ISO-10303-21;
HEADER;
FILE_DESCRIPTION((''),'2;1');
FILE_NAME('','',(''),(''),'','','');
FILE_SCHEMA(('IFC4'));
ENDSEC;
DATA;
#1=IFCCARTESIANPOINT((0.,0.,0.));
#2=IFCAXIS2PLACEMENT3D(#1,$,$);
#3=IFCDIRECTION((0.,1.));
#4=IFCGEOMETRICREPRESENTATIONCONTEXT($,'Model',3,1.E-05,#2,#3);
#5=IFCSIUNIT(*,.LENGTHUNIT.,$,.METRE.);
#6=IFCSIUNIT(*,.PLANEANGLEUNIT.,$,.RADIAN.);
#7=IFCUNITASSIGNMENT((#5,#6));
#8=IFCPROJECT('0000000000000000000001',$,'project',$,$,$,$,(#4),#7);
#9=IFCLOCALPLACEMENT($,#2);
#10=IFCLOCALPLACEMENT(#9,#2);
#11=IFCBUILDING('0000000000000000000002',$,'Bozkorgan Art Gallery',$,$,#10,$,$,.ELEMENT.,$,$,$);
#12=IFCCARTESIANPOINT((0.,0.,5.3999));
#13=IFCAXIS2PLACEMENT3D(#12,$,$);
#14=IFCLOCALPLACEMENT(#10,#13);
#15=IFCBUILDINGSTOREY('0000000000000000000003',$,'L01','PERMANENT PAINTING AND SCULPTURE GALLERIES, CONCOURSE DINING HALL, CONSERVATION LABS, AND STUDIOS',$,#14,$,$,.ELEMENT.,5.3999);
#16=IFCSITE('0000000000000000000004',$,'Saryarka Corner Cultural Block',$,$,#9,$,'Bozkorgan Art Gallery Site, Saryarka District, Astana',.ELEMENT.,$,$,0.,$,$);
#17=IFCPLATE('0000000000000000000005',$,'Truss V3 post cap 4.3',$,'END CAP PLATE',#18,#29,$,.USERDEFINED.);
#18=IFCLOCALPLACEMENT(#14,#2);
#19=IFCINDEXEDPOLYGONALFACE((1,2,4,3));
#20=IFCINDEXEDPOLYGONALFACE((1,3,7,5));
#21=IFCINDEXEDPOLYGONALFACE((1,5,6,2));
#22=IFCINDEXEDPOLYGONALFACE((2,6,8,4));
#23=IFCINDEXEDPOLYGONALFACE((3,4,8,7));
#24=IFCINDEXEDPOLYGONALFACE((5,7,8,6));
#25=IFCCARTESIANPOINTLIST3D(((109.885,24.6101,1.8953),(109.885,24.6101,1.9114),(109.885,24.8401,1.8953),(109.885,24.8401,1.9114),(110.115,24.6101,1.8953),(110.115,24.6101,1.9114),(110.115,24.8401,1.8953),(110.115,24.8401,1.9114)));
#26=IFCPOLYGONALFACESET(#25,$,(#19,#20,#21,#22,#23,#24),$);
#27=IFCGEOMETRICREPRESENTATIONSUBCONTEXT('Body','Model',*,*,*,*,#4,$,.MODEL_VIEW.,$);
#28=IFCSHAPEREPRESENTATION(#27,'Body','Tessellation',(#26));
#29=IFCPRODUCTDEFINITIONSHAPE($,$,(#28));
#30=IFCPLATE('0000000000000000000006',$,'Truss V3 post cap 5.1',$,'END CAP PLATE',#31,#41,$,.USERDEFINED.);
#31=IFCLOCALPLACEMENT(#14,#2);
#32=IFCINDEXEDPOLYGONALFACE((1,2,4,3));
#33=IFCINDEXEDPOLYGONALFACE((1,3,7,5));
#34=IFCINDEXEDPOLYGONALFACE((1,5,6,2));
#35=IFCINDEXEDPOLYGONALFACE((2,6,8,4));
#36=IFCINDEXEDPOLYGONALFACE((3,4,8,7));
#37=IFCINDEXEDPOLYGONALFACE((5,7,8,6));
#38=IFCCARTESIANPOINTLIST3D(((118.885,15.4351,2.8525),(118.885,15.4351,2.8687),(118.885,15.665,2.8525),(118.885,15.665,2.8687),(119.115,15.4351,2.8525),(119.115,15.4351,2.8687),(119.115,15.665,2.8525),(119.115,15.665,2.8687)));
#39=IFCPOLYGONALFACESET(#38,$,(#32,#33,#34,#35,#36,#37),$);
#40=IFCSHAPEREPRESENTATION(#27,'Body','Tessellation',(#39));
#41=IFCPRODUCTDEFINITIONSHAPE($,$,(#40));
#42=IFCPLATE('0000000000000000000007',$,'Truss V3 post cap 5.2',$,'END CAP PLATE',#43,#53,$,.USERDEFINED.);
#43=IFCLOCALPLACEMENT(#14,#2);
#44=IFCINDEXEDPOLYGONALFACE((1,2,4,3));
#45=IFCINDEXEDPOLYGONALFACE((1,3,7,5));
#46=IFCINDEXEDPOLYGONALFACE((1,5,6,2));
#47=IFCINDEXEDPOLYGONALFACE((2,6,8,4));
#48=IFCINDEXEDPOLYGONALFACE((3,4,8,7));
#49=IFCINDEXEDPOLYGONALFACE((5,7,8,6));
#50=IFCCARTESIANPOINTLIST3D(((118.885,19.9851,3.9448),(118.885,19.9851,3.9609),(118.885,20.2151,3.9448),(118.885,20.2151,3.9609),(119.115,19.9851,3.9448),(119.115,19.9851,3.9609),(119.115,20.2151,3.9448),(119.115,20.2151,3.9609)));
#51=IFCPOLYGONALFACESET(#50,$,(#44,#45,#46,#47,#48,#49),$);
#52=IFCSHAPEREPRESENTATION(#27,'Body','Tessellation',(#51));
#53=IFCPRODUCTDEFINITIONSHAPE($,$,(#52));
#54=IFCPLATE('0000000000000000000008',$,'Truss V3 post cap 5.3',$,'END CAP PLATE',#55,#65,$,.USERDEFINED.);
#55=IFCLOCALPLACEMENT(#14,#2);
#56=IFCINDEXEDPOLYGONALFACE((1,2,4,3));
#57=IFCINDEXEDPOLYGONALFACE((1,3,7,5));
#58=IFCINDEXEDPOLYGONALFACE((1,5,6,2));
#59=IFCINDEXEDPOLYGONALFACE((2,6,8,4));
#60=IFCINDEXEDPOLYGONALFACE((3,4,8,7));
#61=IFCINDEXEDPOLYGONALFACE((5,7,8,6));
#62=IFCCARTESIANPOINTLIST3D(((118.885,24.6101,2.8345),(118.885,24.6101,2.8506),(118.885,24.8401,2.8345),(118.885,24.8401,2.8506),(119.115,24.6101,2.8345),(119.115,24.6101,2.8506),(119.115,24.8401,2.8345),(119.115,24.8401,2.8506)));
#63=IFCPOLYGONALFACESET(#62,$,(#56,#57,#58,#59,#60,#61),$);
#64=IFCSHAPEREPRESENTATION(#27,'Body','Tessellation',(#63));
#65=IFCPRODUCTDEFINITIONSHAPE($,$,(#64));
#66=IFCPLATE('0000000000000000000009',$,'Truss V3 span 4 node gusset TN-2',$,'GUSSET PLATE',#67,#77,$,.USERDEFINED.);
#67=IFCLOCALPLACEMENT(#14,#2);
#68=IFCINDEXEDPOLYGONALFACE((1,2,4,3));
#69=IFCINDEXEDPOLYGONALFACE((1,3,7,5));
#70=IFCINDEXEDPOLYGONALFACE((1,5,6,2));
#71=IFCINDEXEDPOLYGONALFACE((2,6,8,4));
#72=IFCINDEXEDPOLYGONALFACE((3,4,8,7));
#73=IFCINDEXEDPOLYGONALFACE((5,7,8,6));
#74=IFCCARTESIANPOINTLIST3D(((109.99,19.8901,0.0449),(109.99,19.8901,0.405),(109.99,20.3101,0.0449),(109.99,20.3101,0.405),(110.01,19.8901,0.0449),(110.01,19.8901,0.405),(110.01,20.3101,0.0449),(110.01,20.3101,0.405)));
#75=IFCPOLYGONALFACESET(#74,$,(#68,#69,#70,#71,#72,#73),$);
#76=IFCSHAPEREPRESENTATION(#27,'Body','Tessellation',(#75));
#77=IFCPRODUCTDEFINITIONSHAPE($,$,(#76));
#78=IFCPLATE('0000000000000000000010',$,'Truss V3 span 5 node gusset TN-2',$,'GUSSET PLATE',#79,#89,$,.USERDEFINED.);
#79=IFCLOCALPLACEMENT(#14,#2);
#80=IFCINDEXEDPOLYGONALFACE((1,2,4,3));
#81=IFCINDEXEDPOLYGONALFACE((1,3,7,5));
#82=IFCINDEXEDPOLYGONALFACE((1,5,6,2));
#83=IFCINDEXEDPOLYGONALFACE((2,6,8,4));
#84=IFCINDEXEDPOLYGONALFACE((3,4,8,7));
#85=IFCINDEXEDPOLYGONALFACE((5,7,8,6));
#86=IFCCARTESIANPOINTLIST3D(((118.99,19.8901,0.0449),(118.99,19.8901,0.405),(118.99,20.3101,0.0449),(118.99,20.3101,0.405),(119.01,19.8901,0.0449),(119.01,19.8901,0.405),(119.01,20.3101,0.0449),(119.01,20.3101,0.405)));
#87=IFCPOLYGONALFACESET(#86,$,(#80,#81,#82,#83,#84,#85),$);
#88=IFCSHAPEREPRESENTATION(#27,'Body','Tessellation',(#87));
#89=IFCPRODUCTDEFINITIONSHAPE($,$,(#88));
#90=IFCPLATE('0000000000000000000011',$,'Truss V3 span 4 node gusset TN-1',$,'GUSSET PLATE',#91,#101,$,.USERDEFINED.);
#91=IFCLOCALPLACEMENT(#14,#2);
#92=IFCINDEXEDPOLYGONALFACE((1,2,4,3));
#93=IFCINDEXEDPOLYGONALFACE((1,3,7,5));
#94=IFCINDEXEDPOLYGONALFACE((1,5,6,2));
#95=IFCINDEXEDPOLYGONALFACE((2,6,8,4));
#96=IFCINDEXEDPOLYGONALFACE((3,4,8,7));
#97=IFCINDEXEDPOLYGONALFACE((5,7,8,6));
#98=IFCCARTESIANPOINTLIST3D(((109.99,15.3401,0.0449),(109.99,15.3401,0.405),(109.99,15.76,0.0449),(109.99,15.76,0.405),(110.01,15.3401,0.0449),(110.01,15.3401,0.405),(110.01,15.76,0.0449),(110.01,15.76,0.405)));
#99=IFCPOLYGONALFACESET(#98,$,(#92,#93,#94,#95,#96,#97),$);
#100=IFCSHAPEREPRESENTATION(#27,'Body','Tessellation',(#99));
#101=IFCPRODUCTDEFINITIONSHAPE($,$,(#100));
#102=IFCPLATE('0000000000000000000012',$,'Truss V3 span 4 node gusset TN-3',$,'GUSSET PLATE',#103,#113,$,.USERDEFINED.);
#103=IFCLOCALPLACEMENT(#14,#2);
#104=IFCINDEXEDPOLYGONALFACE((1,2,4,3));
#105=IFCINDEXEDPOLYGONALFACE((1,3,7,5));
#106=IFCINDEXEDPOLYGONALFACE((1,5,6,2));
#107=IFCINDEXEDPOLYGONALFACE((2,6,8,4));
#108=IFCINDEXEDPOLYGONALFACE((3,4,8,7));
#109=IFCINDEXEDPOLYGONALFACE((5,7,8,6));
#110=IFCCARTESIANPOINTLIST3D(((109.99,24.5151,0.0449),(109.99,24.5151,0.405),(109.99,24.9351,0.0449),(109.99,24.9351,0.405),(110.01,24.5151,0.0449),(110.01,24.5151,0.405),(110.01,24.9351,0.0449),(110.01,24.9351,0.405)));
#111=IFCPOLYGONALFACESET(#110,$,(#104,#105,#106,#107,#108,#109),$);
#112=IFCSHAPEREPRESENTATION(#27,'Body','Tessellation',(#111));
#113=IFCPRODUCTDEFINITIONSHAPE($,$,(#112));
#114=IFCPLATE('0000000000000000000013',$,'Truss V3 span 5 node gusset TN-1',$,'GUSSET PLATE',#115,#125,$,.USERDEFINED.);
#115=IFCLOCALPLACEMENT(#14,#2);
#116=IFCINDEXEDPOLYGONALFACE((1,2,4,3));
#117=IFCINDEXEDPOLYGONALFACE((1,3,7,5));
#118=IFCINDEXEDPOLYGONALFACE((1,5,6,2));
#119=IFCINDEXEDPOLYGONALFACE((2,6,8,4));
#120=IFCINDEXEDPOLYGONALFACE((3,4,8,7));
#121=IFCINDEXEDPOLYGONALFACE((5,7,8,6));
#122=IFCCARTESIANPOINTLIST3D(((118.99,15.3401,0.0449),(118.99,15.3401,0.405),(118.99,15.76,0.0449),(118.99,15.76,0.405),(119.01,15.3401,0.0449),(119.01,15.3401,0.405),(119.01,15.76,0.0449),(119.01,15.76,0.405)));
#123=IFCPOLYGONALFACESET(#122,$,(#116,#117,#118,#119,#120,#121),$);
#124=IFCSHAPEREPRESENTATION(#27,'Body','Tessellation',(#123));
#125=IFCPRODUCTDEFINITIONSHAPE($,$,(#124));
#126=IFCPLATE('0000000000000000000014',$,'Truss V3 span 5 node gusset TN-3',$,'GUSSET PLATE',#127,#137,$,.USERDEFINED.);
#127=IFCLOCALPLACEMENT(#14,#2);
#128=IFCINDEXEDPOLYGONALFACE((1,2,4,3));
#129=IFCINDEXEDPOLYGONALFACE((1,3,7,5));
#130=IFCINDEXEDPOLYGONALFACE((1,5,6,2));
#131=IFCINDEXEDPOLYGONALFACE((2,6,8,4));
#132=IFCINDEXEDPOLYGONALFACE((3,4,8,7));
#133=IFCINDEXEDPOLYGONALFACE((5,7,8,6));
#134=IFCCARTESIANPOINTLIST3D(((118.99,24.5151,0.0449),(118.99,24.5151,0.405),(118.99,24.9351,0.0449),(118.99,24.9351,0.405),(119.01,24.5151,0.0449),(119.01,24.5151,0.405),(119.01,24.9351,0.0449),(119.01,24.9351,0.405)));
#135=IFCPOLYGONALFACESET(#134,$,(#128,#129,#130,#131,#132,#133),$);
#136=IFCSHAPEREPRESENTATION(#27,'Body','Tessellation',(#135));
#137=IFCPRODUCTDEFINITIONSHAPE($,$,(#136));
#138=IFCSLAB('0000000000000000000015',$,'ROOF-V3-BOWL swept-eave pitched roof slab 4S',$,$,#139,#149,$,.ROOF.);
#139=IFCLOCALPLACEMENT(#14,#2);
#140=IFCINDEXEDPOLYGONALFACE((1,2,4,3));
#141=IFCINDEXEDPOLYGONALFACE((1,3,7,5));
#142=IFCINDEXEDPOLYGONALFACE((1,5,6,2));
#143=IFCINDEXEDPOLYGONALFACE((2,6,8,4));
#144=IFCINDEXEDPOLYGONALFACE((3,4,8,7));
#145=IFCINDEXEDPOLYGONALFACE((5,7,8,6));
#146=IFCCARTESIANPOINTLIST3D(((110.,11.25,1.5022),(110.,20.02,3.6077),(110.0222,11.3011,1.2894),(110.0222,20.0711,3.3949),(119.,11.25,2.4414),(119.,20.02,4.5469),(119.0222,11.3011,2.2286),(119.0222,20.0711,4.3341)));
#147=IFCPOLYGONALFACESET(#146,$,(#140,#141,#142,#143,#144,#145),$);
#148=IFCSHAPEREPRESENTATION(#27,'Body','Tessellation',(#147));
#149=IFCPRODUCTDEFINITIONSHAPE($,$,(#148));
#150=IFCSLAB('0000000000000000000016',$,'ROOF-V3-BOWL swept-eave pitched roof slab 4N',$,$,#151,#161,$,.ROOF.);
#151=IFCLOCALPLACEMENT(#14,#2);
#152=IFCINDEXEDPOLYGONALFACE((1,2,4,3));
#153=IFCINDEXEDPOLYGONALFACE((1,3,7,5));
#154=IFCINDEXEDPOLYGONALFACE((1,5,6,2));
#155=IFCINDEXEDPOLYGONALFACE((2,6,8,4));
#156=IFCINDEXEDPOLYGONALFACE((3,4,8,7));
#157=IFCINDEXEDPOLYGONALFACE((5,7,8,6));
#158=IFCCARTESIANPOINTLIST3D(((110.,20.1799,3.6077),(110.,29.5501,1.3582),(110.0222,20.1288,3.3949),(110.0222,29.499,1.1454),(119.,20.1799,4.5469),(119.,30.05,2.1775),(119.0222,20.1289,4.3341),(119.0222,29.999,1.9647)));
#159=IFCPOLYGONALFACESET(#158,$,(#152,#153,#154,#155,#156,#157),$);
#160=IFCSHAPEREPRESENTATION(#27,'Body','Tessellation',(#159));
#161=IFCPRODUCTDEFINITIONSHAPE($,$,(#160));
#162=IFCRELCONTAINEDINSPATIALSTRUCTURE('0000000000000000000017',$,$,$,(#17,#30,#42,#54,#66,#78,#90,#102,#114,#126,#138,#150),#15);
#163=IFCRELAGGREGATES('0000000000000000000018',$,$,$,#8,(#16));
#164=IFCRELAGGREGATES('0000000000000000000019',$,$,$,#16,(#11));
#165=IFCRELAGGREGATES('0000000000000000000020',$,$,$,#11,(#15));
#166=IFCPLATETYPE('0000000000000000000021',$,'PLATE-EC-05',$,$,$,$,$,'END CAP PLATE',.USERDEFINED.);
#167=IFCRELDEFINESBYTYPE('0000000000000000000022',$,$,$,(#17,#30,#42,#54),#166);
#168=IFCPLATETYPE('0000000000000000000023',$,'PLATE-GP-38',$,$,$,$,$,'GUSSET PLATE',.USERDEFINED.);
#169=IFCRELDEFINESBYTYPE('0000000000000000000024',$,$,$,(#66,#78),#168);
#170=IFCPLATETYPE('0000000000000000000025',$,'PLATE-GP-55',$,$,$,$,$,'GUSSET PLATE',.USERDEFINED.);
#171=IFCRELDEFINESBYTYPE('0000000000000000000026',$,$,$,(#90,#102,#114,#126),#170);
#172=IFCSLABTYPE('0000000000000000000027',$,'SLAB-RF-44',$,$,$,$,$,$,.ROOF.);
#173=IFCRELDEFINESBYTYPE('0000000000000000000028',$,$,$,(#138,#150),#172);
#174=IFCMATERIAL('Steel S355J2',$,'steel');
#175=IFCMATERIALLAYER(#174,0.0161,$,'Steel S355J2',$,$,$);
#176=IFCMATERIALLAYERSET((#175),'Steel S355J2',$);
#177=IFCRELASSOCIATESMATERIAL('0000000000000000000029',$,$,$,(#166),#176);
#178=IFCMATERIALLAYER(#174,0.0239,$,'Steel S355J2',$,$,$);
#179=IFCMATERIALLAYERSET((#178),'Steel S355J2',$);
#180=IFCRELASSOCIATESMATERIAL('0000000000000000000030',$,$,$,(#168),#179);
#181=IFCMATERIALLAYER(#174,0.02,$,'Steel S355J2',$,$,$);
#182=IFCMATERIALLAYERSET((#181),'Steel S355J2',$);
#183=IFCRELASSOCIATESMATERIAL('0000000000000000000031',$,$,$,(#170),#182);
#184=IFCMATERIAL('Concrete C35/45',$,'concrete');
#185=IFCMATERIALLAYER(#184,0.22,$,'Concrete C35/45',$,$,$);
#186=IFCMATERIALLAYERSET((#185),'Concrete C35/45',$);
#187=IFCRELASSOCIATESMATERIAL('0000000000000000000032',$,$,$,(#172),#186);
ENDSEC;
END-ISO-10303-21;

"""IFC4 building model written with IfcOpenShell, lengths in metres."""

from ifc_helpers import new_model, si_unit, direction, frame, origin, origin_2d, place, context, subcontext, project, spatial, polyline, rectangle, outline, extrude, material, layer, layer_set, type_object, element, save


model = new_model("IFC4")

# Units and contexts
model_context = context("Model", 3, precision=1e-05, world=origin(), true_north=direction((0.0, 1.0)))
body_context = subcontext(model_context, "Body", "Model", "MODEL_VIEW")
ifc_project = project(units=[si_unit("LENGTHUNIT", "METRE"), si_unit("PLANEANGLEUNIT", "RADIAN")], contexts=[model_context])

# Site, building, storey
site_placement = place(None, origin())
site = spatial("IfcSite", under=ifc_project, at=site_placement, Name="Saryarka Corner Cultural Block", LongName="Bozkorgan Art Gallery Site, Saryarka District, Astana", CompositionType="ELEMENT", RefElevation=0.0)
building_placement = place(site_placement, origin())
building = spatial("IfcBuilding", under=site, at=building_placement, Name="Bozkorgan Art Gallery", CompositionType="ELEMENT")
storey_placement = place(building_placement, frame((0.0, 0.0, 5.3999)))
storey = spatial("IfcBuildingStorey", under=building, at=storey_placement, Name="L01", Description="PERMANENT PAINTING AND SCULPTURE GALLERIES, CONCOURSE DINING HALL, CONSERVATION LABS, AND STUDIOS", CompositionType="ELEMENT", Elevation=5.3999)

# Shared definitions
ifc_material_1 = material(Name="Steel S355J2", Category="steel")

# Plates
ifc_layer_1 = layer(ifc_material_1, 0.0161, Name="Steel S355J2")
ifc_layer_set_1 = layer_set([ifc_layer_1], Name="Steel S355J2")
plate_type_1 = type_object("IfcPlateType", Name="PLATE-EC-05", ElementType="END CAP PLATE", PredefinedType="USERDEFINED", material=ifc_layer_set_1)
for number, where, z_axis, x_axis, name in (
    (1, (110.0, 24.7251, 1.8953), (0.0, 0.0, 1.0), (1.0, 0.0, 0.0), "Truss V3 post cap 4.3"),
    (2, (119.0, 15.55, 2.8525), (0.0, 0.0, 1.0), (1.0, 0.0, 0.0), "Truss V3 post cap 5.1"),
    (3, (119.0, 20.1001, 3.9448), (0.0, 0.0, 1.0), (1.0, 0.0, 0.0), "Truss V3 post cap 5.2"),
    (4, (119.0, 24.7251, 2.8345), (0.0, 0.0, 1.0), (1.0, 0.0, 0.0), "Truss V3 post cap 5.3"),
):
    element("IfcPlate", number, at=place(storey_placement, frame(where, z_axis=z_axis, x_axis=x_axis)), inside=storey, type_object=plate_type_1, Name=name, ObjectType="END CAP PLATE", PredefinedType="USERDEFINED", context=body_context, shape_type="SweptSolid", body=[
        extrude(rectangle(XDim=0.23, YDim=0.23, at=origin_2d()), origin(), (0.0, 0.0, 1.0), 0.0161),
    ])
ifc_layer_2 = layer(ifc_material_1, 0.0239, Name="Steel S355J2")
ifc_layer_set_2 = layer_set([ifc_layer_2], Name="Steel S355J2")
plate_type_2 = type_object("IfcPlateType", Name="PLATE-GP-38", ElementType="GUSSET PLATE", PredefinedType="USERDEFINED", material=ifc_layer_set_2)
for number, where, z_axis, x_axis, name in (
    (5, (110.0, 20.1001, 0.0449), (0.0, 0.0, 1.0), (1.0, 0.0, 0.0), "Truss V3 span 4 node gusset TN-2"),
    (6, (119.0, 20.1001, 0.0449), (0.0, 0.0, 1.0), (1.0, 0.0, 0.0), "Truss V3 span 5 node gusset TN-2"),
):
    element("IfcPlate", number, at=place(storey_placement, frame(where, z_axis=z_axis, x_axis=x_axis)), inside=storey, type_object=plate_type_2, Name=name, ObjectType="GUSSET PLATE", PredefinedType="USERDEFINED", context=body_context, shape_type="SweptSolid", body=[
        extrude(rectangle(XDim=0.02, YDim=0.4199, at=origin_2d()), origin(), (0.0, 0.0, 1.0), 0.3601),
    ])
ifc_layer_3 = layer(ifc_material_1, 0.02, Name="Steel S355J2")
ifc_layer_set_3 = layer_set([ifc_layer_3], Name="Steel S355J2")
plate_type_3 = type_object("IfcPlateType", Name="PLATE-GP-55", ElementType="GUSSET PLATE", PredefinedType="USERDEFINED", material=ifc_layer_set_3)
for number, where, z_axis, x_axis, name in (
    (7, (110.0, 15.55, 0.0449), (0.0, 0.0, 1.0), (1.0, 0.0, 0.0), "Truss V3 span 4 node gusset TN-1"),
    (8, (110.0, 24.7251, 0.0449), (0.0, 0.0, 1.0), (1.0, 0.0, 0.0), "Truss V3 span 4 node gusset TN-3"),
    (9, (119.0, 15.55, 0.0449), (0.0, 0.0, 1.0), (1.0, 0.0, 0.0), "Truss V3 span 5 node gusset TN-1"),
    (10, (119.0, 24.7251, 0.0449), (0.0, 0.0, 1.0), (1.0, 0.0, 0.0), "Truss V3 span 5 node gusset TN-3"),
):
    element("IfcPlate", number, at=place(storey_placement, frame(where, z_axis=z_axis, x_axis=x_axis)), inside=storey, type_object=plate_type_3, Name=name, ObjectType="GUSSET PLATE", PredefinedType="USERDEFINED", context=body_context, shape_type="SweptSolid", body=[
        extrude(rectangle(XDim=0.02, YDim=0.4199, at=origin_2d()), origin(), (0.0, 0.0, 1.0), 0.3601),
    ])

# Slabs
ifc_material_2 = material(Name="Concrete C35/45", Category="concrete")
ifc_layer_4 = layer(ifc_material_2, 0.22, Name="Concrete C35/45")
ifc_layer_set_4 = layer_set([ifc_layer_4], Name="Concrete C35/45")
slab_type = type_object("IfcSlabType", Name="SLAB-RF-44", PredefinedType="ROOF", material=ifc_layer_set_4)
slab_1_placement = place(storey_placement, frame((110.0, 11.25, 1.5022), z_axis=(-0.100955, -0.23225, 0.967403), x_axis=(0.994599, 0.0, 0.103793)))
element("IfcSlab", 11, at=slab_1_placement, inside=storey, type_object=slab_type, Name="ROOF-V3-BOWL swept-eave pitched roof slab 4S", PredefinedType="ROOF", context=body_context, shape_type="SweptSolid", body=[
    extrude(outline(polyline([(0.0, 0.0), (9.0489, 0.0), (9.2674, 9.0166), (0.2185, 9.0166), (0.0, 0.0)])), origin(), (0.0, 0.0, -1.0), 0.22),
])
slab_2_placement = place(storey_placement, frame((110.0, 20.1799, 3.6077), z_axis=(-0.100964, 0.232239, 0.967404), x_axis=(0.994598, 0.000002, 0.103801)))
element("IfcSlab", 12, at=slab_2_placement, inside=storey, type_object=slab_type, Name="ROOF-V3-BOWL swept-eave pitched roof slab 4N", PredefinedType="ROOF", context=body_context, shape_type="SweptSolid", body=[
    extrude(outline(polyline([(0.0, 0.0), (9.0489, 0.0), (8.8029, 10.1475), (-0.2335, 9.6335), (0.0, 0.0)])), origin(), (0.0, 0.0, -1.0), 0.22),
])

save(model, "model.ifc")
